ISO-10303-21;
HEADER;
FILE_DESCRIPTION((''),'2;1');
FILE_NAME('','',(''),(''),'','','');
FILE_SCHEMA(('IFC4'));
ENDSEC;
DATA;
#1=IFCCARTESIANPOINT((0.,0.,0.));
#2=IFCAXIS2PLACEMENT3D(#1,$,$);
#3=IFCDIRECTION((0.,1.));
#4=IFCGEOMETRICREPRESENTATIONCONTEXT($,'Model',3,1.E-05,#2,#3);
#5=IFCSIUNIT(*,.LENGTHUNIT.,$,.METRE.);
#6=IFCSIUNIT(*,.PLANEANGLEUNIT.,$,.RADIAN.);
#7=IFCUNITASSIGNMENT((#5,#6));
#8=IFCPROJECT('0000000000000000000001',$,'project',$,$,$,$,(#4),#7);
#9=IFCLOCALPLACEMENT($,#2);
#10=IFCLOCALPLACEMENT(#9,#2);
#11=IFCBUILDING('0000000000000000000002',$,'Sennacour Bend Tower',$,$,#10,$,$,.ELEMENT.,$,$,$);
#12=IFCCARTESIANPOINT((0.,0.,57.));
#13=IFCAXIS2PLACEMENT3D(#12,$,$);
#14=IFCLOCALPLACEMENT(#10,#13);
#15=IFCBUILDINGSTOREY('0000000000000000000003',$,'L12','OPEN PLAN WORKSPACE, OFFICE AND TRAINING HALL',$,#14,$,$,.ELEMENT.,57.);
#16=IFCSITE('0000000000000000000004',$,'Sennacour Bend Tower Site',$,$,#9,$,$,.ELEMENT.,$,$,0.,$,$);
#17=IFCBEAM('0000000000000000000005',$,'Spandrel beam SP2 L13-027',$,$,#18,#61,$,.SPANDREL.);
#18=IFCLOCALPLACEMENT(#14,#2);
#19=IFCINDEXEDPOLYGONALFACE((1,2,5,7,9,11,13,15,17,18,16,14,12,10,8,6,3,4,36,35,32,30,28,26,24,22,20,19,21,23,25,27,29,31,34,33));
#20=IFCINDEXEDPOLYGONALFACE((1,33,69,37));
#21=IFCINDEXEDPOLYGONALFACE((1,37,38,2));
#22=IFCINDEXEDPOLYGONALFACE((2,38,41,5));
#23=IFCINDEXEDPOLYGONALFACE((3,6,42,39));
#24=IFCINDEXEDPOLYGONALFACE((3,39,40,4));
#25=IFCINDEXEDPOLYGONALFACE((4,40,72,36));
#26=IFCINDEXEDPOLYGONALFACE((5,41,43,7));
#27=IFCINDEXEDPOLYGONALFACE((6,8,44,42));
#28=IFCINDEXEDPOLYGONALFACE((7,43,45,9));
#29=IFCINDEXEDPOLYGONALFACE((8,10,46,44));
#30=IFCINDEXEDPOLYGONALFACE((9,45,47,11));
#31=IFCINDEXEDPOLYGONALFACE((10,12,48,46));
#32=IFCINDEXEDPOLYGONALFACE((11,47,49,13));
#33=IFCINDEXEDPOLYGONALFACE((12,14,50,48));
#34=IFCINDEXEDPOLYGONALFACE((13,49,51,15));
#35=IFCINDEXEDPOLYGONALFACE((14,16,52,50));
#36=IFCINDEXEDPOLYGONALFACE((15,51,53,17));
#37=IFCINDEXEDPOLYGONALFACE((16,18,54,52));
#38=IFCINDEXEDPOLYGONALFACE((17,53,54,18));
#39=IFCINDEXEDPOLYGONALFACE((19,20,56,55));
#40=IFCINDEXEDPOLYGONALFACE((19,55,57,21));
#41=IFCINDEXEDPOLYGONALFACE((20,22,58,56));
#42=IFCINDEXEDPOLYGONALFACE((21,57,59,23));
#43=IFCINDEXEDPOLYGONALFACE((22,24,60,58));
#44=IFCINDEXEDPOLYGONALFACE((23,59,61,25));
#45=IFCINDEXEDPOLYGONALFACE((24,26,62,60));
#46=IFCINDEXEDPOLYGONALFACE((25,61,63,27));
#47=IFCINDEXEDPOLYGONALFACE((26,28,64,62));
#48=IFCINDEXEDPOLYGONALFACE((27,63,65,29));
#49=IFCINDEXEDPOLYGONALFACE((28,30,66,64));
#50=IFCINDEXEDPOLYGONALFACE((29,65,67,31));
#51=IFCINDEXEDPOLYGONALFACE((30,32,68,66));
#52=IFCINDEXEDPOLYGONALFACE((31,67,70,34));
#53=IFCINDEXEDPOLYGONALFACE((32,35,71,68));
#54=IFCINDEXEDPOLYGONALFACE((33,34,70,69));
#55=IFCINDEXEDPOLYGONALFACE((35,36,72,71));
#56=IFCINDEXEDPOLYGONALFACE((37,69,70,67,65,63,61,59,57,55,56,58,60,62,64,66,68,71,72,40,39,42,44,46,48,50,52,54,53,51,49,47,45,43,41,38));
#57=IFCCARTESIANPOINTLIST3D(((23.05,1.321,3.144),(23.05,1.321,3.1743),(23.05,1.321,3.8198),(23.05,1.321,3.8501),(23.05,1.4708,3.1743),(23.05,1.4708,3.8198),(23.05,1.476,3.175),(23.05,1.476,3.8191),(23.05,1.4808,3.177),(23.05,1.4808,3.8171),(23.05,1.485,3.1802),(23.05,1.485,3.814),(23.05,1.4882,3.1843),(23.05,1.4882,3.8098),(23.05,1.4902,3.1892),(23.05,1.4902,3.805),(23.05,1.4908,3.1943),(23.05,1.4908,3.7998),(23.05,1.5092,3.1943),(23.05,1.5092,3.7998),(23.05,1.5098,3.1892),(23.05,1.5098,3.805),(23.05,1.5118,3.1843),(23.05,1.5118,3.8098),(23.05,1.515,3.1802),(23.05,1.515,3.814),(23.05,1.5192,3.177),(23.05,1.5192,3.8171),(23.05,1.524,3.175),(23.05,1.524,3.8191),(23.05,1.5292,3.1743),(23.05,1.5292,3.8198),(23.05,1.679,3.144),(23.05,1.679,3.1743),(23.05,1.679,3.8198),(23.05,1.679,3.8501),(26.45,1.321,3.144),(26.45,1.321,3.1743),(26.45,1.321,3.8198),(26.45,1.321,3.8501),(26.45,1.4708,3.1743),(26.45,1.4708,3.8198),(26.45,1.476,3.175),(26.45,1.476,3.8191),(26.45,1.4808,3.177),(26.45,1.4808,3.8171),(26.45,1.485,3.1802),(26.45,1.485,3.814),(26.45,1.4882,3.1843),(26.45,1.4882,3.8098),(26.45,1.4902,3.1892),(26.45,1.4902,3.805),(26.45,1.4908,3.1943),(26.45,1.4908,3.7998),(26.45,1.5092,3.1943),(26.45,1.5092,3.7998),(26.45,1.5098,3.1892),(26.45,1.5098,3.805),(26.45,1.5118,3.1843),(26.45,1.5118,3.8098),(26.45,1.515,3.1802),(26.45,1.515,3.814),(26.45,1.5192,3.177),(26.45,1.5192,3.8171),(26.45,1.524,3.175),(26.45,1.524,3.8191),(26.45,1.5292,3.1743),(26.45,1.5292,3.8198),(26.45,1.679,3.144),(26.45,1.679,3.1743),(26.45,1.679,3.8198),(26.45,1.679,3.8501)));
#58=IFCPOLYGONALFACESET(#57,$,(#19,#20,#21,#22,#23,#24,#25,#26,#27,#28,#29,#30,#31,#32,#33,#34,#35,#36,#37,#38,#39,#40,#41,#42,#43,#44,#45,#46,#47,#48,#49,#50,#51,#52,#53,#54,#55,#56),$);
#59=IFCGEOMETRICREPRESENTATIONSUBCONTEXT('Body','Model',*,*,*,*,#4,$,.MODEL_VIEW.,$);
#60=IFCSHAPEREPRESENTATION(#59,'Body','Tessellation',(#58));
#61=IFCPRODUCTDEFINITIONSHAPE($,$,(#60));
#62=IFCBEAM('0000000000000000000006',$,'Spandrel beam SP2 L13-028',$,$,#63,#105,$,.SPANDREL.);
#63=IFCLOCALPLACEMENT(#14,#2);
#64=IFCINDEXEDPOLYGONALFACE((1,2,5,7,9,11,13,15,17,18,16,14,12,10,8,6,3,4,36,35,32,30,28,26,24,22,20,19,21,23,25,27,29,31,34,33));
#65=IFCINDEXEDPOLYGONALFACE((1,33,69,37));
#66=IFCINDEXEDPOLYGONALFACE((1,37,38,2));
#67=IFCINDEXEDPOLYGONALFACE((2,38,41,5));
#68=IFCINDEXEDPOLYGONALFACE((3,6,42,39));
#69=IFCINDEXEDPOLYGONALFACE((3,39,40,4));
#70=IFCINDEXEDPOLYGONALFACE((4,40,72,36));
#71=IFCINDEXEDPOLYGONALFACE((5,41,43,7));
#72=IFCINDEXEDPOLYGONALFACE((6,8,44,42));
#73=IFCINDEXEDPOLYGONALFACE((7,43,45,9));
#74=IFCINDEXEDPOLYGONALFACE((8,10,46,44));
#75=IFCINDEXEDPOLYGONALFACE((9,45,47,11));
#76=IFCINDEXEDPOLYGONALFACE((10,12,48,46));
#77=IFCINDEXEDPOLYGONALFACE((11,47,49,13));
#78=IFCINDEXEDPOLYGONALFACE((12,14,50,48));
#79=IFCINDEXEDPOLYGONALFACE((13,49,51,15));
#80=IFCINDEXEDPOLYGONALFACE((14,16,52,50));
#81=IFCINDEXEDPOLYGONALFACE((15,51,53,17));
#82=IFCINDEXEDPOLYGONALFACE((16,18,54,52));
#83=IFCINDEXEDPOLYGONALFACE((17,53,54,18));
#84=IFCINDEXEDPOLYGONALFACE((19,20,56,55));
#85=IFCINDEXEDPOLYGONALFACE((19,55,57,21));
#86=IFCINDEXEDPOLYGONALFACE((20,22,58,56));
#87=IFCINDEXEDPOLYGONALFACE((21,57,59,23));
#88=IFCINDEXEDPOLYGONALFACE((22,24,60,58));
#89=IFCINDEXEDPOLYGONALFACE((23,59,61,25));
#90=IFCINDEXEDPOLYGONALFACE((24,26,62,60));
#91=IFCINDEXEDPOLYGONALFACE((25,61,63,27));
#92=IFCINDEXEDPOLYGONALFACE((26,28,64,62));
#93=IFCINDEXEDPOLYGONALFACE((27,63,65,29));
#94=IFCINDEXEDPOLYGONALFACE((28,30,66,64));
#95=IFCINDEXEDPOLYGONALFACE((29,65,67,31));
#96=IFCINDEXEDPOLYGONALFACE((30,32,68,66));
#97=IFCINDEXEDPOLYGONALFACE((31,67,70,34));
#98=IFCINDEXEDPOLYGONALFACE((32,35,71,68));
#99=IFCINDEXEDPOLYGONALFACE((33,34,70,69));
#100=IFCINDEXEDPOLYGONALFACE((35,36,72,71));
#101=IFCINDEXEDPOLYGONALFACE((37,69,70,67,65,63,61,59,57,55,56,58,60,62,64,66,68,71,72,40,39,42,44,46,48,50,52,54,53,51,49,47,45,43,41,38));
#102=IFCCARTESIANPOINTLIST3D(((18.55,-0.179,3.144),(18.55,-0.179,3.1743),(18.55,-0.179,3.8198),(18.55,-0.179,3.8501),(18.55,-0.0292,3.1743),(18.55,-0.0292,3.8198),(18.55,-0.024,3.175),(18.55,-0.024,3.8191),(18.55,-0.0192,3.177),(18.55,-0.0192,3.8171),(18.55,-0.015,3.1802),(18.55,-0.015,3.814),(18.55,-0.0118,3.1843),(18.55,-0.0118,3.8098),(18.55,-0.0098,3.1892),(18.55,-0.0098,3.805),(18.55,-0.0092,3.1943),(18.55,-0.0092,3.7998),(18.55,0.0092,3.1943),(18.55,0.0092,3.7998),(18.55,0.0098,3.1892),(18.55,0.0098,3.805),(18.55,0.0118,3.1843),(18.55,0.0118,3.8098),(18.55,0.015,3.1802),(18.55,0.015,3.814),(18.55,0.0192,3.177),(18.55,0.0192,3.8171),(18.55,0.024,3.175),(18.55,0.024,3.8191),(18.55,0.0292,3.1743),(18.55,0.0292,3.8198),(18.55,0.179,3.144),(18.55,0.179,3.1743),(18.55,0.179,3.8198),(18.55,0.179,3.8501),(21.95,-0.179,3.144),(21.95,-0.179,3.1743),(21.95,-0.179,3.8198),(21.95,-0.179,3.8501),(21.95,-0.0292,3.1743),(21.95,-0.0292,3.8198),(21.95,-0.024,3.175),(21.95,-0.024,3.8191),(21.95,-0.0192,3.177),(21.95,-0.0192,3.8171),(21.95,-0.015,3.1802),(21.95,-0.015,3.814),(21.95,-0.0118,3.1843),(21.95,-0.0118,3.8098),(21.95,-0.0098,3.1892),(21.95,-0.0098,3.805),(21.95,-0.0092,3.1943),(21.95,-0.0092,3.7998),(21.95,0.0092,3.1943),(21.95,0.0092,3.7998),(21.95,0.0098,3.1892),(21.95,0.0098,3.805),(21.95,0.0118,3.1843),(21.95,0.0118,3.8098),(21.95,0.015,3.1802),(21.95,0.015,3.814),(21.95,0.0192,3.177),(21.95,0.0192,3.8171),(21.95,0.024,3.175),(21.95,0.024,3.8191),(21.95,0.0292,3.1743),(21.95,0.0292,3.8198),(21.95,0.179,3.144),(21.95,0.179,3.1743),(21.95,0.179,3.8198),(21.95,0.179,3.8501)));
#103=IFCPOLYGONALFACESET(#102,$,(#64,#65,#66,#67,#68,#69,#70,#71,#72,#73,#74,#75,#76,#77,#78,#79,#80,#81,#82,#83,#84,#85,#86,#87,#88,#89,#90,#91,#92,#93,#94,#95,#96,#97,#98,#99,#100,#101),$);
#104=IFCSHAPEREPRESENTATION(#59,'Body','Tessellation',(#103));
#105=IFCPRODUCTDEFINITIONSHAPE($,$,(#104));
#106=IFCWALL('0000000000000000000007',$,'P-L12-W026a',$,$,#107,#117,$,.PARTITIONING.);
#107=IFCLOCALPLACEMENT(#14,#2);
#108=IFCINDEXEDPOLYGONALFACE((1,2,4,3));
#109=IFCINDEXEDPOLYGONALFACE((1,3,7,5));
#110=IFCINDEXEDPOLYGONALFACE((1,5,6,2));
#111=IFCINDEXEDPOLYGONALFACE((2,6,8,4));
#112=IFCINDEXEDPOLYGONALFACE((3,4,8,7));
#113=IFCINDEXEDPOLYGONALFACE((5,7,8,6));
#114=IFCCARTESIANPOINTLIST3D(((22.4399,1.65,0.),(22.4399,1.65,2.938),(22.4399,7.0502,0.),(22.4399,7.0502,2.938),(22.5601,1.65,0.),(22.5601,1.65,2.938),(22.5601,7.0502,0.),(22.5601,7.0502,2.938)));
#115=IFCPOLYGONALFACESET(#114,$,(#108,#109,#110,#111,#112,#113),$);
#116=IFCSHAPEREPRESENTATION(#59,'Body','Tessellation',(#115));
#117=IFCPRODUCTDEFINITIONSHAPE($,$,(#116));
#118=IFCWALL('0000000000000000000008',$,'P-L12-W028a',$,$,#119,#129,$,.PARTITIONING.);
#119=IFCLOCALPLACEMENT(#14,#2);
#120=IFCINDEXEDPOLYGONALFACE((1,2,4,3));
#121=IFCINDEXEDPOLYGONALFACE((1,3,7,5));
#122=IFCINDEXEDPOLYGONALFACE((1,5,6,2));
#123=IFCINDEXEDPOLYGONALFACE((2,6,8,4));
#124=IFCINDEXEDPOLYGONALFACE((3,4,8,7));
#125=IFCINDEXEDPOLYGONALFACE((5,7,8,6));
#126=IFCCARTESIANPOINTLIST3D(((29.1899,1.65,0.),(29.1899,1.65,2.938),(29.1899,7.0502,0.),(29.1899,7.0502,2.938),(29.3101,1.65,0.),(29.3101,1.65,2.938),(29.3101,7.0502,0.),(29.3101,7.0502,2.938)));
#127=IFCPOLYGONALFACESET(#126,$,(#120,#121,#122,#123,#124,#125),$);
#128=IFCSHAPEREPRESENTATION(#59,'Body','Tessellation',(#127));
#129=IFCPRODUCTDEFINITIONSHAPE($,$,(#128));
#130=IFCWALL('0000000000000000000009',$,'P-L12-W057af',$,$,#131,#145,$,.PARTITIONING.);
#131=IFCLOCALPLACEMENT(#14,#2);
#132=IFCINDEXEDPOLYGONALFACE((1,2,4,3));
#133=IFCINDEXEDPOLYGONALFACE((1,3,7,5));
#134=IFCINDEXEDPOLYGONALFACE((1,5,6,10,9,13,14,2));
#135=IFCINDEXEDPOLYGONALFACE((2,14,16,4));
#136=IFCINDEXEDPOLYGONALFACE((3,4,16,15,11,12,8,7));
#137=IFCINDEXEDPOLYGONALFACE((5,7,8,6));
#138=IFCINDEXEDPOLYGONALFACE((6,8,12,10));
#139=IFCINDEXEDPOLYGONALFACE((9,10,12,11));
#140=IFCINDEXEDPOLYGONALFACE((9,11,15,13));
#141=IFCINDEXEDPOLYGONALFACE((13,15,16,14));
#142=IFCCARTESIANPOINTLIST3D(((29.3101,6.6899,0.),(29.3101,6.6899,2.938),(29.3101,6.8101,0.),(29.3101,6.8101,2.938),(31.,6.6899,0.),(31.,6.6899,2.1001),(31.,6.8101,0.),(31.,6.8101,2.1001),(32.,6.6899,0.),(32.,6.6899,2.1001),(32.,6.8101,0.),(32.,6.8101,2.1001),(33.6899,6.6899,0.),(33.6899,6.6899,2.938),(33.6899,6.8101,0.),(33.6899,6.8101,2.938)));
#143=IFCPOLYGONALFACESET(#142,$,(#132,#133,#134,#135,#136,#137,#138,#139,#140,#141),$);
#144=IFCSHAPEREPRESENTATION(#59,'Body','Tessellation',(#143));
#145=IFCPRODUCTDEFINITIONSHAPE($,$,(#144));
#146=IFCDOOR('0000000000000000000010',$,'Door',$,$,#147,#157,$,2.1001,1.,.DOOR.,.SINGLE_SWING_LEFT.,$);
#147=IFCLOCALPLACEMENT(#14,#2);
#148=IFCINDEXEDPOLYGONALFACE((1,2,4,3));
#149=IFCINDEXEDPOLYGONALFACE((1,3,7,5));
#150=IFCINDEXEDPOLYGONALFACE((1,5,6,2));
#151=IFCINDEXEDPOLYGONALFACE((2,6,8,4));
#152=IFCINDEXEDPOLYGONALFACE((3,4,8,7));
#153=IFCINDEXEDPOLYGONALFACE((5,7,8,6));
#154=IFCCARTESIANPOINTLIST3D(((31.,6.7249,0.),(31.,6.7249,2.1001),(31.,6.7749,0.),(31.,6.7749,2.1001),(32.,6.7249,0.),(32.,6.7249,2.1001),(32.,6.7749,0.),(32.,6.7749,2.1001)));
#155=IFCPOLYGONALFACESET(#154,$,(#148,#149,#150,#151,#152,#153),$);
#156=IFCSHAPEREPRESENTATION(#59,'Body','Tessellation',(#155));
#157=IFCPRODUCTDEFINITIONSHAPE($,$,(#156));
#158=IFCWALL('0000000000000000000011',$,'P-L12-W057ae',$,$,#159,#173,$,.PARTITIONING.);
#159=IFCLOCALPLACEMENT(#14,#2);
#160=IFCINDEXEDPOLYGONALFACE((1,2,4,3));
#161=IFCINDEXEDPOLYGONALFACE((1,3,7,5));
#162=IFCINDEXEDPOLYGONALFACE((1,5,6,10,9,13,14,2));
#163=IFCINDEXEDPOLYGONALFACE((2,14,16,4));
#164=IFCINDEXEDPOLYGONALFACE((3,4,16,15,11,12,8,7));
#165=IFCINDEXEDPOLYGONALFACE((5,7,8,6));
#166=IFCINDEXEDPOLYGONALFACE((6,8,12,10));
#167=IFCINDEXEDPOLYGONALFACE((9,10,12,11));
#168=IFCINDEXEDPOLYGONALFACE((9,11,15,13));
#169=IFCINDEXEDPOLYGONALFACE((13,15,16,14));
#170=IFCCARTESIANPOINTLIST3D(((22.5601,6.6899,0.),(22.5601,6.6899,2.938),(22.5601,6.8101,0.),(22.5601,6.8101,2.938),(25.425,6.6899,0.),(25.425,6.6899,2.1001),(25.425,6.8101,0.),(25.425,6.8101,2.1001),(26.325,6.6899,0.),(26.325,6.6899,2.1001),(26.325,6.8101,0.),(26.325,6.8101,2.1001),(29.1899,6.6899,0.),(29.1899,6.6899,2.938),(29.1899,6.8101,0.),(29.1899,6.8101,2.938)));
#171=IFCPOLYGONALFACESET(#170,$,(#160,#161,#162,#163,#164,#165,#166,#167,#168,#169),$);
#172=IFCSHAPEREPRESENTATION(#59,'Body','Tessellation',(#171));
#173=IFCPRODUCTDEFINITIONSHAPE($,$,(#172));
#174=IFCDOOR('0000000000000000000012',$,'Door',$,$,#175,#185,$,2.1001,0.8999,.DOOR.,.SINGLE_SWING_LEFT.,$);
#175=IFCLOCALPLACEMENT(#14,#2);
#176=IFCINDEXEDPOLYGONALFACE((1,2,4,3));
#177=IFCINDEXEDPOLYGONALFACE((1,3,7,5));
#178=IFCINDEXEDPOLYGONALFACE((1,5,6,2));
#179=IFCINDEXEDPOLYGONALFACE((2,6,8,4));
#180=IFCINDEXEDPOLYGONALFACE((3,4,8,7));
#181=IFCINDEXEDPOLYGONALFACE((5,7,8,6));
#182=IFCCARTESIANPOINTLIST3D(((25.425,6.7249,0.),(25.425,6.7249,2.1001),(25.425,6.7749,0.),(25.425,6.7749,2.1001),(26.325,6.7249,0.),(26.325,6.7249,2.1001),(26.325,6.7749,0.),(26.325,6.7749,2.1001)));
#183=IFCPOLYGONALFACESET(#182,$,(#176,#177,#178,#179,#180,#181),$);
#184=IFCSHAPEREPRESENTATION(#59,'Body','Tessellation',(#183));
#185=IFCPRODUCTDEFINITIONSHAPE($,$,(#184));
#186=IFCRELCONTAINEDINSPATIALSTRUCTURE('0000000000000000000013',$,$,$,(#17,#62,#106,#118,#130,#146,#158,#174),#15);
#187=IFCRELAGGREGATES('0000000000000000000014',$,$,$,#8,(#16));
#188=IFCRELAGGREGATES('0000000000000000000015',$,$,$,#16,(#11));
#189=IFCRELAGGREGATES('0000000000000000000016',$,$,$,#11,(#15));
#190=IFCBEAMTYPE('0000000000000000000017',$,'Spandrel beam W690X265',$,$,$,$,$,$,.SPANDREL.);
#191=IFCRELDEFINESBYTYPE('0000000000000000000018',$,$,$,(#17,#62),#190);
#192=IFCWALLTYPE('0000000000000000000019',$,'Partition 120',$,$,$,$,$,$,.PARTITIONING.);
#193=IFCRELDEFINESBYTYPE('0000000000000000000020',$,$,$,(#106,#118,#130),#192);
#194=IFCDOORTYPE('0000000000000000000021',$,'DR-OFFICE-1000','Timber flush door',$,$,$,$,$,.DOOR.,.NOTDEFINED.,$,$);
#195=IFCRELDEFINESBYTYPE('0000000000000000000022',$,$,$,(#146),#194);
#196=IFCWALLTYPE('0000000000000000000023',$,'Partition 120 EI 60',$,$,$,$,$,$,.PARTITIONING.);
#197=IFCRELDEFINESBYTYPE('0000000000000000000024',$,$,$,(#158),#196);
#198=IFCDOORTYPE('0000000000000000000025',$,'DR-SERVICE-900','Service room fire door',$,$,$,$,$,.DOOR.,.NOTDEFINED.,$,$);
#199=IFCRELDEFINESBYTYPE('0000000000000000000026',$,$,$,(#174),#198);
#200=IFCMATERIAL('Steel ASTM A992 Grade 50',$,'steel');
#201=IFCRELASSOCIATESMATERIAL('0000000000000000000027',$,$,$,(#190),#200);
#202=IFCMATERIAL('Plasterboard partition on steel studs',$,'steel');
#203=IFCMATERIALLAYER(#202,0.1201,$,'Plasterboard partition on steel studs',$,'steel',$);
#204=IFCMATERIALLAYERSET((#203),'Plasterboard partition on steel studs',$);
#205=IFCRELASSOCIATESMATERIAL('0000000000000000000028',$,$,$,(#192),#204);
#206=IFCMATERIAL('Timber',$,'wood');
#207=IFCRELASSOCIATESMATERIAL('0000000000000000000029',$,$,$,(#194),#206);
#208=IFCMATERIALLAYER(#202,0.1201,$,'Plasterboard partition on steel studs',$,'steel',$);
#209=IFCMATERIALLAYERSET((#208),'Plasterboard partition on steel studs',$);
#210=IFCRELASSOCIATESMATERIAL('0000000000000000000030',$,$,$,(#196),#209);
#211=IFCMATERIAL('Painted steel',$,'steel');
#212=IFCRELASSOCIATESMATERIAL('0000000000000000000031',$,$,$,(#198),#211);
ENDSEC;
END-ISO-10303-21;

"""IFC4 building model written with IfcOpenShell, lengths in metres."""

from ifc_helpers import new_model, si_unit, direction, frame, frame_2d, origin, origin_2d, place, context, subcontext, project, spatial, rectangle, i_section, extrude, material, layer, layer_set, material_profile, profile_set, type_object, element, fill, save


model = new_model("IFC4")

# Units and contexts
model_context = context("Model", 3, precision=1e-05, world=origin(), true_north=direction((0.0, 1.0)))
body_context = subcontext(model_context, "Body", "Model", "MODEL_VIEW")
ifc_project = project(units=[si_unit("LENGTHUNIT", "METRE"), si_unit("PLANEANGLEUNIT", "RADIAN")], contexts=[model_context])

# Site, building, storey
site_placement = place(None, origin())
site = spatial("IfcSite", under=ifc_project, at=site_placement, Name="Sennacour Bend Tower Site", CompositionType="ELEMENT", RefElevation=0.0)
building_placement = place(site_placement, origin())
building = spatial("IfcBuilding", under=site, at=building_placement, Name="Sennacour Bend Tower", CompositionType="ELEMENT")
storey_placement = place(building_placement, frame((0.0, 0.0, 57.0)))
storey = spatial("IfcBuildingStorey", under=building, at=storey_placement, Name="L12", Description="OPEN PLAN WORKSPACE, OFFICE AND TRAINING HALL", CompositionType="ELEMENT", Elevation=57.0)

# Beams
ifc_material_1 = material(Name="Steel ASTM A992 Grade 50", Category="steel")
ifc_material_profile_1 = material_profile(ifc_material_1, i_section(OverallWidth=0.3579, OverallDepth=0.7061, WebThickness=0.0183, FlangeThickness=0.0303, FilletRadius=0.02, at=origin_2d()), Name="Steel ASTM A992 Grade 50", Category="steel")
ifc_profile_set_1 = profile_set([ifc_material_profile_1], Name="Steel ASTM A992 Grade 50")
beam_type_1 = type_object("IfcBeamType", Name="Spandrel beam W690X265", PredefinedType="SPANDREL", material=ifc_profile_set_1)
for number, where, z_axis, x_axis, name in (
    (1, (26.45, 1.5, 3.4971), (-1.0, 0.0, 0.0), (0.0, -1.0, 0.0), "Spandrel beam SP2 L13-027"),
    (2, (21.95, 0.0, 3.4971), (-1.0, 0.0, 0.0), (0.0, -1.0, 0.0), "Spandrel beam SP2 L13-028"),
):
    element("IfcBeam", number, at=place(storey_placement, frame(where, z_axis=z_axis, x_axis=x_axis)), inside=storey, type_object=beam_type_1, Name=name, PredefinedType="SPANDREL", context=body_context, shape_type="SweptSolid", body=[
        extrude(i_section(OverallWidth=0.3579, OverallDepth=0.7061, WebThickness=0.0183, FlangeThickness=0.0303, FilletRadius=0.02, at=origin_2d()), origin(), (0.0, 0.0, 1.0), 3.3999),
    ])

# Walls
ifc_material_2 = material(Name="Plasterboard partition on steel studs", Category="steel")
ifc_layer_1 = layer(ifc_material_2, 0.1201, Name="Plasterboard partition on steel studs", Category="steel")
ifc_layer_set_1 = layer_set([ifc_layer_1], Name="Plasterboard partition on steel studs")
wall_type_1 = type_object("IfcWallType", Name="Partition 120", PredefinedType="PARTITIONING", material=ifc_layer_set_1)
for number, where, z_axis, x_axis, name in (
    (3, (22.5, 1.6499, 0.0), (0.0, 0.0, 1.0), (0.0, 1.0, 0.0), "P-L12-W026a"),
    (4, (29.25, 1.6499, 0.0), (0.0, 0.0, 1.0), (0.0, 1.0, 0.0), "P-L12-W028a"),
):
    element("IfcWall", number, at=place(storey_placement, frame(where, z_axis=z_axis, x_axis=x_axis)), inside=storey, type_object=wall_type_1, Name=name, PredefinedType="PARTITIONING", context=body_context, shape_type="SweptSolid", body=[
        extrude(rectangle(XDim=5.4001, YDim=0.1201, at=frame_2d((2.7002, 0.0))), origin(), (0.0, 0.0, 1.0), 2.938),
    ])

# Walls, openings, doors
wall_1_placement = place(storey_placement, frame((29.3101, 6.75, 0.0), z_axis=(0.0, 0.0, 1.0), x_axis=(1.0, 0.0, 0.0)))
wall_1 = element("IfcWall", 5, at=wall_1_placement, inside=storey, type_object=wall_type_1, Name="P-L12-W057af", PredefinedType="PARTITIONING", context=body_context, shape_type="SweptSolid", body=[
    extrude(rectangle(XDim=4.3799, YDim=0.1201, at=frame_2d((2.1899, 0.0))), origin(), (0.0, 0.0, 1.0), 2.938),
])
opening_1_placement = place(wall_1_placement, frame((1.6899, 0.0, 0.0)))
opening_1 = element("IfcOpeningElement", 6, at=opening_1_placement, cuts=wall_1, PredefinedType="OPENING", context=body_context, shape_type="SweptSolid", body=[
    extrude(rectangle(XDim=1.0, YDim=2.1001, at=frame_2d((0.5, 1.05))), frame((0.0, 0.0701, 0.0), z_axis=(0.0, -1.0, 0.0), x_axis=(1.0, 0.0, 0.0)), (0.0, 0.0, 1.0), 0.1401),
])
ifc_material_3 = material(Name="Timber", Category="wood")
door_type_1 = type_object("IfcDoorType", Name="DR-OFFICE-1000", Description="Timber flush door", OperationType="NOTDEFINED", PredefinedType="DOOR", material=ifc_material_3)
door_1_placement = place(opening_1_placement, origin())
door_1 = element("IfcDoor", 7, at=door_1_placement, inside=storey, type_object=door_type_1, Name="Door", OperationType="SINGLE_SWING_LEFT", OverallHeight=2.1001, OverallWidth=1.0, PredefinedType="DOOR", context=body_context, shape_type="SweptSolid", body=[
    extrude(rectangle(XDim=1.0, YDim=2.1001, at=frame_2d((0.5, 1.05))), frame((0.0, 0.0249, 0.0), z_axis=(0.0, -1.0, 0.0), x_axis=(1.0, 0.0, 0.0)), (0.0, 0.0, 1.0), 0.05),
])
fill(opening_1, door_1)
ifc_layer_2 = layer(ifc_material_2, 0.1201, Name="Plasterboard partition on steel studs", Category="steel")
ifc_layer_set_2 = layer_set([ifc_layer_2], Name="Plasterboard partition on steel studs")
wall_type_2 = type_object("IfcWallType", Name="Partition 120 EI 60", PredefinedType="PARTITIONING", material=ifc_layer_set_2)
wall_2_placement = place(storey_placement, frame((22.5601, 6.75, 0.0), z_axis=(0.0, 0.0, 1.0), x_axis=(1.0, 0.0, 0.0)))
wall_2 = element("IfcWall", 8, at=wall_2_placement, inside=storey, type_object=wall_type_2, Name="P-L12-W057ae", PredefinedType="PARTITIONING", context=body_context, shape_type="SweptSolid", body=[
    extrude(rectangle(XDim=6.6299, YDim=0.1201, at=frame_2d((3.3149, 0.0))), origin(), (0.0, 0.0, 1.0), 2.938),
])
opening_2_placement = place(wall_2_placement, frame((2.865, 0.0, 0.0)))
opening_2 = element("IfcOpeningElement", 9, at=opening_2_placement, cuts=wall_2, PredefinedType="OPENING", context=body_context, shape_type="SweptSolid", body=[
    extrude(rectangle(XDim=0.8999, YDim=2.1001, at=frame_2d((0.45, 1.05))), frame((0.0, 0.0701, 0.0), z_axis=(0.0, -1.0, 0.0), x_axis=(1.0, 0.0, 0.0)), (0.0, 0.0, 1.0), 0.1401),
])
ifc_material_4 = material(Name="Painted steel", Category="steel")
door_type_2 = type_object("IfcDoorType", Name="DR-SERVICE-900", Description="Service room fire door", OperationType="NOTDEFINED", PredefinedType="DOOR", material=ifc_material_4)
door_2_placement = place(opening_2_placement, origin())
door_2 = element("IfcDoor", 10, at=door_2_placement, inside=storey, type_object=door_type_2, Name="Door", OperationType="SINGLE_SWING_LEFT", OverallHeight=2.1001, OverallWidth=0.8999, PredefinedType="DOOR", context=body_context, shape_type="SweptSolid", body=[
    extrude(rectangle(XDim=0.8999, YDim=2.1001, at=frame_2d((0.45, 1.05))), frame((0.0, 0.0249, 0.0), z_axis=(0.0, -1.0, 0.0), x_axis=(1.0, 0.0, 0.0)), (0.0, 0.0, 1.0), 0.05),
])
fill(opening_2, door_2)

save(model, "model.ifc")
